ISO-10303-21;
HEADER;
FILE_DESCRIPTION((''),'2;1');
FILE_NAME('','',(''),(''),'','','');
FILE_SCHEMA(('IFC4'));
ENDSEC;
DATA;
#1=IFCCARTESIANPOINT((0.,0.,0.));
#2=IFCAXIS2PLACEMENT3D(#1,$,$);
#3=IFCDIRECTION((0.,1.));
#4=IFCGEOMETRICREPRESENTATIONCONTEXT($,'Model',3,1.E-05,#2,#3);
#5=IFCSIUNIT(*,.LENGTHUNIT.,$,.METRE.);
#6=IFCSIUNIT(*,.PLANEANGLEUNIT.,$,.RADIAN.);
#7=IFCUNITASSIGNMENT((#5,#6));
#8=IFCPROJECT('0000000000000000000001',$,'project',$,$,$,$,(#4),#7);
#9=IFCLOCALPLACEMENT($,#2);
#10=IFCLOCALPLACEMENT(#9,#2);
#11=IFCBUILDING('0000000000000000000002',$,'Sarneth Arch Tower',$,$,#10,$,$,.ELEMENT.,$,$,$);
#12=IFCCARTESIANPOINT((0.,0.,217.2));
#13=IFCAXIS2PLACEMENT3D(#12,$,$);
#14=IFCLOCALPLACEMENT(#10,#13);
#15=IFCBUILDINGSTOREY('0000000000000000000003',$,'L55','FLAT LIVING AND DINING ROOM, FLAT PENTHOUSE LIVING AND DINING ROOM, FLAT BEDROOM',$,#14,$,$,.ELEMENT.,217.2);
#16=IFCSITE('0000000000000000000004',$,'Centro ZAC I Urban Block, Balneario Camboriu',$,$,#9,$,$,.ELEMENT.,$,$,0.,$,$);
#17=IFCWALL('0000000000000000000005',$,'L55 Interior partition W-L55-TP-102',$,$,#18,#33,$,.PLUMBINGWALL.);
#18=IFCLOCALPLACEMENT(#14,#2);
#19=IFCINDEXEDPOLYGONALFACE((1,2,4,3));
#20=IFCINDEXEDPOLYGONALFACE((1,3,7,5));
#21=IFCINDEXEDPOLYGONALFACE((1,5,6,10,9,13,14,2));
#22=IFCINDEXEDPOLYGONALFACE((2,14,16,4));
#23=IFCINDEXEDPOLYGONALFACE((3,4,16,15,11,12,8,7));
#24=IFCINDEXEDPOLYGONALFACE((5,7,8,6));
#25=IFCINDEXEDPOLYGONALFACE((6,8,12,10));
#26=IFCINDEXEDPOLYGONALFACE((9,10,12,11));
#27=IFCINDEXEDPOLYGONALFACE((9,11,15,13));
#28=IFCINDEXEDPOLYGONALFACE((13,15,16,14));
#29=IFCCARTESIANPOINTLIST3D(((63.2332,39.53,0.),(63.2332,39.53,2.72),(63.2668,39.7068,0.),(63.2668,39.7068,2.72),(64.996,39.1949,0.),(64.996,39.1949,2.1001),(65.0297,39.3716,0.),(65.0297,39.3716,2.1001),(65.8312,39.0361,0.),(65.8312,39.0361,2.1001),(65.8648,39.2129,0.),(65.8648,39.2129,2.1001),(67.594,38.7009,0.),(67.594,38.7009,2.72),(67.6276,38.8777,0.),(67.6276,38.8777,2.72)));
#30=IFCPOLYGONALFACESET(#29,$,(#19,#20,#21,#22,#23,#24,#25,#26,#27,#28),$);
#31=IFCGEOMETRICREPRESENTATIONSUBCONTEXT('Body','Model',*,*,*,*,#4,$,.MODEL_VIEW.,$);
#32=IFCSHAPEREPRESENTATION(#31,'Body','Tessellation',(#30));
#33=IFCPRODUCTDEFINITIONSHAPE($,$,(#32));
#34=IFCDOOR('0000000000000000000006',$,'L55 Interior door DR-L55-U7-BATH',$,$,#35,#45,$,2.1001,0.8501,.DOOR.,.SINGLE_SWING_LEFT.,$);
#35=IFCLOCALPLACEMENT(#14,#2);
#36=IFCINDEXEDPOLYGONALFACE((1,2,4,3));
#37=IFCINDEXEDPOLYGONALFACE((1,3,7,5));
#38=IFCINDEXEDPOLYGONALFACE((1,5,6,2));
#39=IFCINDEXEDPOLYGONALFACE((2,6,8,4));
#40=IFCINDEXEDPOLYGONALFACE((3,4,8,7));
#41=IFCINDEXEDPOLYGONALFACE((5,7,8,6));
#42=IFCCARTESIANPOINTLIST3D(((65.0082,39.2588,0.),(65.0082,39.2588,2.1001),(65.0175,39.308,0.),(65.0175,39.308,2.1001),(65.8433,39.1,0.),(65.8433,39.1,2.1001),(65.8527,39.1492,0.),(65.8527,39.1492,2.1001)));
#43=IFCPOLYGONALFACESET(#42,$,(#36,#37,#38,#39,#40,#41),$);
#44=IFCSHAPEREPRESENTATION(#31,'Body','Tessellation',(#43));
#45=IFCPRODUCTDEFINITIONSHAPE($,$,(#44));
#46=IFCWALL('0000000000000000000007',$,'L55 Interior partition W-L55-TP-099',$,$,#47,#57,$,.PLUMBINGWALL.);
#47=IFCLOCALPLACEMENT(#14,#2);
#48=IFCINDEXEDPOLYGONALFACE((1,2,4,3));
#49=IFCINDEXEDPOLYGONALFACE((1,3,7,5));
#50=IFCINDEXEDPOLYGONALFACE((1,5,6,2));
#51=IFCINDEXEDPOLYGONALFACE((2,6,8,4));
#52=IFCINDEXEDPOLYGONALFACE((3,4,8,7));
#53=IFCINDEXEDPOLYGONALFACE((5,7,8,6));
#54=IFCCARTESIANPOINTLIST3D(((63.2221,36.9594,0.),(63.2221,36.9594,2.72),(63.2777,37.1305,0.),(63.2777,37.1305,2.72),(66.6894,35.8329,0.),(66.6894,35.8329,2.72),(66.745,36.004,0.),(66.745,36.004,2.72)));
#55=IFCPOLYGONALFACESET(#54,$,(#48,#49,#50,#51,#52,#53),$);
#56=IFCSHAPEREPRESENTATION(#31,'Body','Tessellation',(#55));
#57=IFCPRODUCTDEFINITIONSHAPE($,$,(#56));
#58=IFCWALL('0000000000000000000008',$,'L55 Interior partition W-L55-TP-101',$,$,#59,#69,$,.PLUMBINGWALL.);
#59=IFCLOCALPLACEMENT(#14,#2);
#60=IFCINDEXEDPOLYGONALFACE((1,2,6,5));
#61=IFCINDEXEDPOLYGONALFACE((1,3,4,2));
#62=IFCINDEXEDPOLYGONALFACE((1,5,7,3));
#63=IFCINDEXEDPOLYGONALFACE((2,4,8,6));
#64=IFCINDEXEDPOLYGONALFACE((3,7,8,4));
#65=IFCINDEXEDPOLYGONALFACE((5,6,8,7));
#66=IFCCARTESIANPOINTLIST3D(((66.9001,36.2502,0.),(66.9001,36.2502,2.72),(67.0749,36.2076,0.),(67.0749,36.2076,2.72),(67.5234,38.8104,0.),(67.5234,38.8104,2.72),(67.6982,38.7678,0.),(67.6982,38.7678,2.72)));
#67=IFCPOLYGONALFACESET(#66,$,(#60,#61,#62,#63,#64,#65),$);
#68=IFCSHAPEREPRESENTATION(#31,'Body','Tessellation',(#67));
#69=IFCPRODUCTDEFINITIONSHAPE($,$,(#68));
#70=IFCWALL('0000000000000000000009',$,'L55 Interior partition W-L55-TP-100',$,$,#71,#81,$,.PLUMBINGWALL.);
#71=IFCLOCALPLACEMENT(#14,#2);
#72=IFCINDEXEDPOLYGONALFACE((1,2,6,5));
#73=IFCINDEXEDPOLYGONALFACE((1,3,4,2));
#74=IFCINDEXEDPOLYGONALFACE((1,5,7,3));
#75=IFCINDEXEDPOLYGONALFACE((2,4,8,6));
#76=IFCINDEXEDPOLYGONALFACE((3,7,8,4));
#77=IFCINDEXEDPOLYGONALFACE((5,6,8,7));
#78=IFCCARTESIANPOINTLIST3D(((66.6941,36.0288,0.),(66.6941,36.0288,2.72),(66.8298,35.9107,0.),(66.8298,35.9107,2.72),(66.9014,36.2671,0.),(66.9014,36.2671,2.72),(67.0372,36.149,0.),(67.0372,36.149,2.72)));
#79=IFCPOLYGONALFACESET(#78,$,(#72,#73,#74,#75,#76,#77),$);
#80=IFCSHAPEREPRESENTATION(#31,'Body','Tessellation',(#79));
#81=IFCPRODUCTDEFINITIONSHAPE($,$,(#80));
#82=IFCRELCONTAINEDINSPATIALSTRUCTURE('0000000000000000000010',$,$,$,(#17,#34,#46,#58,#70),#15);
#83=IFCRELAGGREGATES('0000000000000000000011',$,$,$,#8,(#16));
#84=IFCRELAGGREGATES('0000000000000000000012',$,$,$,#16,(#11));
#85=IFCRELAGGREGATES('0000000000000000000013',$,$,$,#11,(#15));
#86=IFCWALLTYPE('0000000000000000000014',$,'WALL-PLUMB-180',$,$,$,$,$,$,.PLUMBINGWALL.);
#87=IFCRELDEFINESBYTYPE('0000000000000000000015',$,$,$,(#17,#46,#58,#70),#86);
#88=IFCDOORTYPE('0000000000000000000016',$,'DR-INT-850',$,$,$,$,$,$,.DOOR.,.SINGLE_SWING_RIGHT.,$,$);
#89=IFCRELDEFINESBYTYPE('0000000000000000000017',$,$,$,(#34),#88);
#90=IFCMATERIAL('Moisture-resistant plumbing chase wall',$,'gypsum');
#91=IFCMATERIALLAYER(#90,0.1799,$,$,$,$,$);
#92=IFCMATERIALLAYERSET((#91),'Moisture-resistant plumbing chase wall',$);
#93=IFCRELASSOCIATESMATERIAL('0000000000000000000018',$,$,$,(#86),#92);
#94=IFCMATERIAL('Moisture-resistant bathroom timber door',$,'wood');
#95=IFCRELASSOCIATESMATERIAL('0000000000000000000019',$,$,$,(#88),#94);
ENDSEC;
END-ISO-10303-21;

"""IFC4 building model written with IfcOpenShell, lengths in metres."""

from ifc_helpers import new_model, si_unit, direction, frame, frame_2d, origin, place, context, subcontext, project, spatial, rectangle, extrude, material, layer, layer_set, type_object, element, fill, save


model = new_model("IFC4")

# Units and contexts
model_context = context("Model", 3, precision=1e-05, world=origin(), true_north=direction((0.0, 1.0)))
body_context = subcontext(model_context, "Body", "Model", "MODEL_VIEW")
ifc_project = project(units=[si_unit("LENGTHUNIT", "METRE"), si_unit("PLANEANGLEUNIT", "RADIAN")], contexts=[model_context])

# Site, building, storey
site_placement = place(None, origin())
site = spatial("IfcSite", under=ifc_project, at=site_placement, Name="Centro ZAC I Urban Block, Balneario Camboriu", CompositionType="ELEMENT", RefElevation=0.0)
building_placement = place(site_placement, origin())
building = spatial("IfcBuilding", under=site, at=building_placement, Name="Sarneth Arch Tower", CompositionType="ELEMENT")
storey_placement = place(building_placement, frame((0.0, 0.0, 217.2)))
storey = spatial("IfcBuildingStorey", under=building, at=storey_placement, Name="L55", Description="FLAT LIVING AND DINING ROOM, FLAT PENTHOUSE LIVING AND DINING ROOM, FLAT BEDROOM", CompositionType="ELEMENT", Elevation=217.2)

# Wall, opening, door
ifc_material_1 = material(Name="Moisture-resistant plumbing chase wall", Category="gypsum")
ifc_layer_1 = layer(ifc_material_1, 0.1799)
ifc_layer_set_1 = layer_set([ifc_layer_1], Name="Moisture-resistant plumbing chase wall")
wall_type_1 = type_object("IfcWallType", Name="WALL-PLUMB-180", PredefinedType="PLUMBINGWALL", material=ifc_layer_set_1)
wall_1_placement = place(storey_placement, frame((67.6108, 38.7893, 0.0), z_axis=(0.0, 0.0, 1.0), x_axis=(-0.982402, 0.186778, 0.0)))
wall_1 = element("IfcWall", 1, at=wall_1_placement, inside=storey, type_object=wall_type_1, Name="L55 Interior partition W-L55-TP-102", PredefinedType="PLUMBINGWALL", context=body_context, shape_type="SweptSolid", body=[
    extrude(rectangle(XDim=4.439, YDim=0.1799, at=frame_2d((2.2195, 0.0))), origin(), (0.0, 0.0, 1.0), 2.72),
])
opening_1_placement = place(wall_1_placement, frame((1.7944, 0.0, 0.0)))
opening_1 = element("IfcOpeningElement", 2, at=opening_1_placement, cuts=wall_1, PredefinedType="OPENING", context=body_context, shape_type="SweptSolid", body=[
    extrude(rectangle(XDim=0.8501, YDim=2.1001, at=frame_2d((0.425, 1.05))), frame((0.0, 0.0999, 0.0), z_axis=(0.0, -1.0, 0.0), x_axis=(1.0, 0.0, 0.0)), (0.0, 0.0, 1.0), 0.2),
])
ifc_material_2 = material(Name="Moisture-resistant bathroom timber door", Category="wood")
door_type_1 = type_object("IfcDoorType", Name="DR-INT-850", OperationType="SINGLE_SWING_RIGHT", PredefinedType="DOOR", material=ifc_material_2)
door_1_placement = place(opening_1_placement, origin())
door_1 = element("IfcDoor", 3, at=door_1_placement, inside=storey, type_object=door_type_1, Name="L55 Interior door DR-L55-U7-BATH", OperationType="SINGLE_SWING_LEFT", OverallHeight=2.1001, OverallWidth=0.8501, PredefinedType="DOOR", context=body_context, shape_type="SweptSolid", body=[
    extrude(rectangle(XDim=0.8501, YDim=2.1001, at=frame_2d((0.425, 1.05))), frame((0.0, 0.0249, 0.0), z_axis=(0.0, -1.0, 0.0), x_axis=(1.0, 0.0, 0.0)), (0.0, 0.0, 1.0), 0.05),
])
fill(opening_1, door_1)

# Walls
wall_2_placement = place(storey_placement, frame((63.25, 37.0449, 0.0), z_axis=(0.0, 0.0, 1.0), x_axis=(0.951067, -0.308986, 0.0)))
element("IfcWall", 4, at=wall_2_placement, inside=storey, type_object=wall_type_1, Name="L55 Interior partition W-L55-TP-099", PredefinedType="PLUMBINGWALL", context=body_context, shape_type="SweptSolid", body=[
    extrude(rectangle(XDim=3.6458, YDim=0.1799, at=frame_2d((1.8228, 0.0))), origin(), (0.0, 0.0, 1.0), 2.72),
])
wall_3_placement = place(storey_placement, frame((66.9875, 36.229, 0.0), z_axis=(0.0, 0.0, 1.0), x_axis=(0.236536, 0.971623, 0.0)))
element("IfcWall", 5, at=wall_3_placement, inside=storey, type_object=wall_type_1, Name="L55 Interior partition W-L55-TP-101", PredefinedType="PLUMBINGWALL", context=body_context, shape_type="SweptSolid", body=[
    extrude(rectangle(XDim=2.635, YDim=0.1799, at=frame_2d((1.3174, 0.0))), origin(), (0.0, 0.0, 1.0), 2.72),
])
wall_4_placement = place(storey_placement, frame((66.762, 35.9697, 0.0), z_axis=(0.0, 0.0, 1.0), x_axis=(0.656313, 0.754489, 0.0)))
element("IfcWall", 6, at=wall_4_placement, inside=storey, type_object=wall_type_1, Name="L55 Interior partition W-L55-TP-100", PredefinedType="PLUMBINGWALL", context=body_context, shape_type="SweptSolid", body=[
    extrude(rectangle(XDim=0.3159, YDim=0.1799, at=frame_2d((0.158, 0.0))), origin(), (0.0, 0.0, 1.0), 2.72),
])

save(model, "model.ifc")
